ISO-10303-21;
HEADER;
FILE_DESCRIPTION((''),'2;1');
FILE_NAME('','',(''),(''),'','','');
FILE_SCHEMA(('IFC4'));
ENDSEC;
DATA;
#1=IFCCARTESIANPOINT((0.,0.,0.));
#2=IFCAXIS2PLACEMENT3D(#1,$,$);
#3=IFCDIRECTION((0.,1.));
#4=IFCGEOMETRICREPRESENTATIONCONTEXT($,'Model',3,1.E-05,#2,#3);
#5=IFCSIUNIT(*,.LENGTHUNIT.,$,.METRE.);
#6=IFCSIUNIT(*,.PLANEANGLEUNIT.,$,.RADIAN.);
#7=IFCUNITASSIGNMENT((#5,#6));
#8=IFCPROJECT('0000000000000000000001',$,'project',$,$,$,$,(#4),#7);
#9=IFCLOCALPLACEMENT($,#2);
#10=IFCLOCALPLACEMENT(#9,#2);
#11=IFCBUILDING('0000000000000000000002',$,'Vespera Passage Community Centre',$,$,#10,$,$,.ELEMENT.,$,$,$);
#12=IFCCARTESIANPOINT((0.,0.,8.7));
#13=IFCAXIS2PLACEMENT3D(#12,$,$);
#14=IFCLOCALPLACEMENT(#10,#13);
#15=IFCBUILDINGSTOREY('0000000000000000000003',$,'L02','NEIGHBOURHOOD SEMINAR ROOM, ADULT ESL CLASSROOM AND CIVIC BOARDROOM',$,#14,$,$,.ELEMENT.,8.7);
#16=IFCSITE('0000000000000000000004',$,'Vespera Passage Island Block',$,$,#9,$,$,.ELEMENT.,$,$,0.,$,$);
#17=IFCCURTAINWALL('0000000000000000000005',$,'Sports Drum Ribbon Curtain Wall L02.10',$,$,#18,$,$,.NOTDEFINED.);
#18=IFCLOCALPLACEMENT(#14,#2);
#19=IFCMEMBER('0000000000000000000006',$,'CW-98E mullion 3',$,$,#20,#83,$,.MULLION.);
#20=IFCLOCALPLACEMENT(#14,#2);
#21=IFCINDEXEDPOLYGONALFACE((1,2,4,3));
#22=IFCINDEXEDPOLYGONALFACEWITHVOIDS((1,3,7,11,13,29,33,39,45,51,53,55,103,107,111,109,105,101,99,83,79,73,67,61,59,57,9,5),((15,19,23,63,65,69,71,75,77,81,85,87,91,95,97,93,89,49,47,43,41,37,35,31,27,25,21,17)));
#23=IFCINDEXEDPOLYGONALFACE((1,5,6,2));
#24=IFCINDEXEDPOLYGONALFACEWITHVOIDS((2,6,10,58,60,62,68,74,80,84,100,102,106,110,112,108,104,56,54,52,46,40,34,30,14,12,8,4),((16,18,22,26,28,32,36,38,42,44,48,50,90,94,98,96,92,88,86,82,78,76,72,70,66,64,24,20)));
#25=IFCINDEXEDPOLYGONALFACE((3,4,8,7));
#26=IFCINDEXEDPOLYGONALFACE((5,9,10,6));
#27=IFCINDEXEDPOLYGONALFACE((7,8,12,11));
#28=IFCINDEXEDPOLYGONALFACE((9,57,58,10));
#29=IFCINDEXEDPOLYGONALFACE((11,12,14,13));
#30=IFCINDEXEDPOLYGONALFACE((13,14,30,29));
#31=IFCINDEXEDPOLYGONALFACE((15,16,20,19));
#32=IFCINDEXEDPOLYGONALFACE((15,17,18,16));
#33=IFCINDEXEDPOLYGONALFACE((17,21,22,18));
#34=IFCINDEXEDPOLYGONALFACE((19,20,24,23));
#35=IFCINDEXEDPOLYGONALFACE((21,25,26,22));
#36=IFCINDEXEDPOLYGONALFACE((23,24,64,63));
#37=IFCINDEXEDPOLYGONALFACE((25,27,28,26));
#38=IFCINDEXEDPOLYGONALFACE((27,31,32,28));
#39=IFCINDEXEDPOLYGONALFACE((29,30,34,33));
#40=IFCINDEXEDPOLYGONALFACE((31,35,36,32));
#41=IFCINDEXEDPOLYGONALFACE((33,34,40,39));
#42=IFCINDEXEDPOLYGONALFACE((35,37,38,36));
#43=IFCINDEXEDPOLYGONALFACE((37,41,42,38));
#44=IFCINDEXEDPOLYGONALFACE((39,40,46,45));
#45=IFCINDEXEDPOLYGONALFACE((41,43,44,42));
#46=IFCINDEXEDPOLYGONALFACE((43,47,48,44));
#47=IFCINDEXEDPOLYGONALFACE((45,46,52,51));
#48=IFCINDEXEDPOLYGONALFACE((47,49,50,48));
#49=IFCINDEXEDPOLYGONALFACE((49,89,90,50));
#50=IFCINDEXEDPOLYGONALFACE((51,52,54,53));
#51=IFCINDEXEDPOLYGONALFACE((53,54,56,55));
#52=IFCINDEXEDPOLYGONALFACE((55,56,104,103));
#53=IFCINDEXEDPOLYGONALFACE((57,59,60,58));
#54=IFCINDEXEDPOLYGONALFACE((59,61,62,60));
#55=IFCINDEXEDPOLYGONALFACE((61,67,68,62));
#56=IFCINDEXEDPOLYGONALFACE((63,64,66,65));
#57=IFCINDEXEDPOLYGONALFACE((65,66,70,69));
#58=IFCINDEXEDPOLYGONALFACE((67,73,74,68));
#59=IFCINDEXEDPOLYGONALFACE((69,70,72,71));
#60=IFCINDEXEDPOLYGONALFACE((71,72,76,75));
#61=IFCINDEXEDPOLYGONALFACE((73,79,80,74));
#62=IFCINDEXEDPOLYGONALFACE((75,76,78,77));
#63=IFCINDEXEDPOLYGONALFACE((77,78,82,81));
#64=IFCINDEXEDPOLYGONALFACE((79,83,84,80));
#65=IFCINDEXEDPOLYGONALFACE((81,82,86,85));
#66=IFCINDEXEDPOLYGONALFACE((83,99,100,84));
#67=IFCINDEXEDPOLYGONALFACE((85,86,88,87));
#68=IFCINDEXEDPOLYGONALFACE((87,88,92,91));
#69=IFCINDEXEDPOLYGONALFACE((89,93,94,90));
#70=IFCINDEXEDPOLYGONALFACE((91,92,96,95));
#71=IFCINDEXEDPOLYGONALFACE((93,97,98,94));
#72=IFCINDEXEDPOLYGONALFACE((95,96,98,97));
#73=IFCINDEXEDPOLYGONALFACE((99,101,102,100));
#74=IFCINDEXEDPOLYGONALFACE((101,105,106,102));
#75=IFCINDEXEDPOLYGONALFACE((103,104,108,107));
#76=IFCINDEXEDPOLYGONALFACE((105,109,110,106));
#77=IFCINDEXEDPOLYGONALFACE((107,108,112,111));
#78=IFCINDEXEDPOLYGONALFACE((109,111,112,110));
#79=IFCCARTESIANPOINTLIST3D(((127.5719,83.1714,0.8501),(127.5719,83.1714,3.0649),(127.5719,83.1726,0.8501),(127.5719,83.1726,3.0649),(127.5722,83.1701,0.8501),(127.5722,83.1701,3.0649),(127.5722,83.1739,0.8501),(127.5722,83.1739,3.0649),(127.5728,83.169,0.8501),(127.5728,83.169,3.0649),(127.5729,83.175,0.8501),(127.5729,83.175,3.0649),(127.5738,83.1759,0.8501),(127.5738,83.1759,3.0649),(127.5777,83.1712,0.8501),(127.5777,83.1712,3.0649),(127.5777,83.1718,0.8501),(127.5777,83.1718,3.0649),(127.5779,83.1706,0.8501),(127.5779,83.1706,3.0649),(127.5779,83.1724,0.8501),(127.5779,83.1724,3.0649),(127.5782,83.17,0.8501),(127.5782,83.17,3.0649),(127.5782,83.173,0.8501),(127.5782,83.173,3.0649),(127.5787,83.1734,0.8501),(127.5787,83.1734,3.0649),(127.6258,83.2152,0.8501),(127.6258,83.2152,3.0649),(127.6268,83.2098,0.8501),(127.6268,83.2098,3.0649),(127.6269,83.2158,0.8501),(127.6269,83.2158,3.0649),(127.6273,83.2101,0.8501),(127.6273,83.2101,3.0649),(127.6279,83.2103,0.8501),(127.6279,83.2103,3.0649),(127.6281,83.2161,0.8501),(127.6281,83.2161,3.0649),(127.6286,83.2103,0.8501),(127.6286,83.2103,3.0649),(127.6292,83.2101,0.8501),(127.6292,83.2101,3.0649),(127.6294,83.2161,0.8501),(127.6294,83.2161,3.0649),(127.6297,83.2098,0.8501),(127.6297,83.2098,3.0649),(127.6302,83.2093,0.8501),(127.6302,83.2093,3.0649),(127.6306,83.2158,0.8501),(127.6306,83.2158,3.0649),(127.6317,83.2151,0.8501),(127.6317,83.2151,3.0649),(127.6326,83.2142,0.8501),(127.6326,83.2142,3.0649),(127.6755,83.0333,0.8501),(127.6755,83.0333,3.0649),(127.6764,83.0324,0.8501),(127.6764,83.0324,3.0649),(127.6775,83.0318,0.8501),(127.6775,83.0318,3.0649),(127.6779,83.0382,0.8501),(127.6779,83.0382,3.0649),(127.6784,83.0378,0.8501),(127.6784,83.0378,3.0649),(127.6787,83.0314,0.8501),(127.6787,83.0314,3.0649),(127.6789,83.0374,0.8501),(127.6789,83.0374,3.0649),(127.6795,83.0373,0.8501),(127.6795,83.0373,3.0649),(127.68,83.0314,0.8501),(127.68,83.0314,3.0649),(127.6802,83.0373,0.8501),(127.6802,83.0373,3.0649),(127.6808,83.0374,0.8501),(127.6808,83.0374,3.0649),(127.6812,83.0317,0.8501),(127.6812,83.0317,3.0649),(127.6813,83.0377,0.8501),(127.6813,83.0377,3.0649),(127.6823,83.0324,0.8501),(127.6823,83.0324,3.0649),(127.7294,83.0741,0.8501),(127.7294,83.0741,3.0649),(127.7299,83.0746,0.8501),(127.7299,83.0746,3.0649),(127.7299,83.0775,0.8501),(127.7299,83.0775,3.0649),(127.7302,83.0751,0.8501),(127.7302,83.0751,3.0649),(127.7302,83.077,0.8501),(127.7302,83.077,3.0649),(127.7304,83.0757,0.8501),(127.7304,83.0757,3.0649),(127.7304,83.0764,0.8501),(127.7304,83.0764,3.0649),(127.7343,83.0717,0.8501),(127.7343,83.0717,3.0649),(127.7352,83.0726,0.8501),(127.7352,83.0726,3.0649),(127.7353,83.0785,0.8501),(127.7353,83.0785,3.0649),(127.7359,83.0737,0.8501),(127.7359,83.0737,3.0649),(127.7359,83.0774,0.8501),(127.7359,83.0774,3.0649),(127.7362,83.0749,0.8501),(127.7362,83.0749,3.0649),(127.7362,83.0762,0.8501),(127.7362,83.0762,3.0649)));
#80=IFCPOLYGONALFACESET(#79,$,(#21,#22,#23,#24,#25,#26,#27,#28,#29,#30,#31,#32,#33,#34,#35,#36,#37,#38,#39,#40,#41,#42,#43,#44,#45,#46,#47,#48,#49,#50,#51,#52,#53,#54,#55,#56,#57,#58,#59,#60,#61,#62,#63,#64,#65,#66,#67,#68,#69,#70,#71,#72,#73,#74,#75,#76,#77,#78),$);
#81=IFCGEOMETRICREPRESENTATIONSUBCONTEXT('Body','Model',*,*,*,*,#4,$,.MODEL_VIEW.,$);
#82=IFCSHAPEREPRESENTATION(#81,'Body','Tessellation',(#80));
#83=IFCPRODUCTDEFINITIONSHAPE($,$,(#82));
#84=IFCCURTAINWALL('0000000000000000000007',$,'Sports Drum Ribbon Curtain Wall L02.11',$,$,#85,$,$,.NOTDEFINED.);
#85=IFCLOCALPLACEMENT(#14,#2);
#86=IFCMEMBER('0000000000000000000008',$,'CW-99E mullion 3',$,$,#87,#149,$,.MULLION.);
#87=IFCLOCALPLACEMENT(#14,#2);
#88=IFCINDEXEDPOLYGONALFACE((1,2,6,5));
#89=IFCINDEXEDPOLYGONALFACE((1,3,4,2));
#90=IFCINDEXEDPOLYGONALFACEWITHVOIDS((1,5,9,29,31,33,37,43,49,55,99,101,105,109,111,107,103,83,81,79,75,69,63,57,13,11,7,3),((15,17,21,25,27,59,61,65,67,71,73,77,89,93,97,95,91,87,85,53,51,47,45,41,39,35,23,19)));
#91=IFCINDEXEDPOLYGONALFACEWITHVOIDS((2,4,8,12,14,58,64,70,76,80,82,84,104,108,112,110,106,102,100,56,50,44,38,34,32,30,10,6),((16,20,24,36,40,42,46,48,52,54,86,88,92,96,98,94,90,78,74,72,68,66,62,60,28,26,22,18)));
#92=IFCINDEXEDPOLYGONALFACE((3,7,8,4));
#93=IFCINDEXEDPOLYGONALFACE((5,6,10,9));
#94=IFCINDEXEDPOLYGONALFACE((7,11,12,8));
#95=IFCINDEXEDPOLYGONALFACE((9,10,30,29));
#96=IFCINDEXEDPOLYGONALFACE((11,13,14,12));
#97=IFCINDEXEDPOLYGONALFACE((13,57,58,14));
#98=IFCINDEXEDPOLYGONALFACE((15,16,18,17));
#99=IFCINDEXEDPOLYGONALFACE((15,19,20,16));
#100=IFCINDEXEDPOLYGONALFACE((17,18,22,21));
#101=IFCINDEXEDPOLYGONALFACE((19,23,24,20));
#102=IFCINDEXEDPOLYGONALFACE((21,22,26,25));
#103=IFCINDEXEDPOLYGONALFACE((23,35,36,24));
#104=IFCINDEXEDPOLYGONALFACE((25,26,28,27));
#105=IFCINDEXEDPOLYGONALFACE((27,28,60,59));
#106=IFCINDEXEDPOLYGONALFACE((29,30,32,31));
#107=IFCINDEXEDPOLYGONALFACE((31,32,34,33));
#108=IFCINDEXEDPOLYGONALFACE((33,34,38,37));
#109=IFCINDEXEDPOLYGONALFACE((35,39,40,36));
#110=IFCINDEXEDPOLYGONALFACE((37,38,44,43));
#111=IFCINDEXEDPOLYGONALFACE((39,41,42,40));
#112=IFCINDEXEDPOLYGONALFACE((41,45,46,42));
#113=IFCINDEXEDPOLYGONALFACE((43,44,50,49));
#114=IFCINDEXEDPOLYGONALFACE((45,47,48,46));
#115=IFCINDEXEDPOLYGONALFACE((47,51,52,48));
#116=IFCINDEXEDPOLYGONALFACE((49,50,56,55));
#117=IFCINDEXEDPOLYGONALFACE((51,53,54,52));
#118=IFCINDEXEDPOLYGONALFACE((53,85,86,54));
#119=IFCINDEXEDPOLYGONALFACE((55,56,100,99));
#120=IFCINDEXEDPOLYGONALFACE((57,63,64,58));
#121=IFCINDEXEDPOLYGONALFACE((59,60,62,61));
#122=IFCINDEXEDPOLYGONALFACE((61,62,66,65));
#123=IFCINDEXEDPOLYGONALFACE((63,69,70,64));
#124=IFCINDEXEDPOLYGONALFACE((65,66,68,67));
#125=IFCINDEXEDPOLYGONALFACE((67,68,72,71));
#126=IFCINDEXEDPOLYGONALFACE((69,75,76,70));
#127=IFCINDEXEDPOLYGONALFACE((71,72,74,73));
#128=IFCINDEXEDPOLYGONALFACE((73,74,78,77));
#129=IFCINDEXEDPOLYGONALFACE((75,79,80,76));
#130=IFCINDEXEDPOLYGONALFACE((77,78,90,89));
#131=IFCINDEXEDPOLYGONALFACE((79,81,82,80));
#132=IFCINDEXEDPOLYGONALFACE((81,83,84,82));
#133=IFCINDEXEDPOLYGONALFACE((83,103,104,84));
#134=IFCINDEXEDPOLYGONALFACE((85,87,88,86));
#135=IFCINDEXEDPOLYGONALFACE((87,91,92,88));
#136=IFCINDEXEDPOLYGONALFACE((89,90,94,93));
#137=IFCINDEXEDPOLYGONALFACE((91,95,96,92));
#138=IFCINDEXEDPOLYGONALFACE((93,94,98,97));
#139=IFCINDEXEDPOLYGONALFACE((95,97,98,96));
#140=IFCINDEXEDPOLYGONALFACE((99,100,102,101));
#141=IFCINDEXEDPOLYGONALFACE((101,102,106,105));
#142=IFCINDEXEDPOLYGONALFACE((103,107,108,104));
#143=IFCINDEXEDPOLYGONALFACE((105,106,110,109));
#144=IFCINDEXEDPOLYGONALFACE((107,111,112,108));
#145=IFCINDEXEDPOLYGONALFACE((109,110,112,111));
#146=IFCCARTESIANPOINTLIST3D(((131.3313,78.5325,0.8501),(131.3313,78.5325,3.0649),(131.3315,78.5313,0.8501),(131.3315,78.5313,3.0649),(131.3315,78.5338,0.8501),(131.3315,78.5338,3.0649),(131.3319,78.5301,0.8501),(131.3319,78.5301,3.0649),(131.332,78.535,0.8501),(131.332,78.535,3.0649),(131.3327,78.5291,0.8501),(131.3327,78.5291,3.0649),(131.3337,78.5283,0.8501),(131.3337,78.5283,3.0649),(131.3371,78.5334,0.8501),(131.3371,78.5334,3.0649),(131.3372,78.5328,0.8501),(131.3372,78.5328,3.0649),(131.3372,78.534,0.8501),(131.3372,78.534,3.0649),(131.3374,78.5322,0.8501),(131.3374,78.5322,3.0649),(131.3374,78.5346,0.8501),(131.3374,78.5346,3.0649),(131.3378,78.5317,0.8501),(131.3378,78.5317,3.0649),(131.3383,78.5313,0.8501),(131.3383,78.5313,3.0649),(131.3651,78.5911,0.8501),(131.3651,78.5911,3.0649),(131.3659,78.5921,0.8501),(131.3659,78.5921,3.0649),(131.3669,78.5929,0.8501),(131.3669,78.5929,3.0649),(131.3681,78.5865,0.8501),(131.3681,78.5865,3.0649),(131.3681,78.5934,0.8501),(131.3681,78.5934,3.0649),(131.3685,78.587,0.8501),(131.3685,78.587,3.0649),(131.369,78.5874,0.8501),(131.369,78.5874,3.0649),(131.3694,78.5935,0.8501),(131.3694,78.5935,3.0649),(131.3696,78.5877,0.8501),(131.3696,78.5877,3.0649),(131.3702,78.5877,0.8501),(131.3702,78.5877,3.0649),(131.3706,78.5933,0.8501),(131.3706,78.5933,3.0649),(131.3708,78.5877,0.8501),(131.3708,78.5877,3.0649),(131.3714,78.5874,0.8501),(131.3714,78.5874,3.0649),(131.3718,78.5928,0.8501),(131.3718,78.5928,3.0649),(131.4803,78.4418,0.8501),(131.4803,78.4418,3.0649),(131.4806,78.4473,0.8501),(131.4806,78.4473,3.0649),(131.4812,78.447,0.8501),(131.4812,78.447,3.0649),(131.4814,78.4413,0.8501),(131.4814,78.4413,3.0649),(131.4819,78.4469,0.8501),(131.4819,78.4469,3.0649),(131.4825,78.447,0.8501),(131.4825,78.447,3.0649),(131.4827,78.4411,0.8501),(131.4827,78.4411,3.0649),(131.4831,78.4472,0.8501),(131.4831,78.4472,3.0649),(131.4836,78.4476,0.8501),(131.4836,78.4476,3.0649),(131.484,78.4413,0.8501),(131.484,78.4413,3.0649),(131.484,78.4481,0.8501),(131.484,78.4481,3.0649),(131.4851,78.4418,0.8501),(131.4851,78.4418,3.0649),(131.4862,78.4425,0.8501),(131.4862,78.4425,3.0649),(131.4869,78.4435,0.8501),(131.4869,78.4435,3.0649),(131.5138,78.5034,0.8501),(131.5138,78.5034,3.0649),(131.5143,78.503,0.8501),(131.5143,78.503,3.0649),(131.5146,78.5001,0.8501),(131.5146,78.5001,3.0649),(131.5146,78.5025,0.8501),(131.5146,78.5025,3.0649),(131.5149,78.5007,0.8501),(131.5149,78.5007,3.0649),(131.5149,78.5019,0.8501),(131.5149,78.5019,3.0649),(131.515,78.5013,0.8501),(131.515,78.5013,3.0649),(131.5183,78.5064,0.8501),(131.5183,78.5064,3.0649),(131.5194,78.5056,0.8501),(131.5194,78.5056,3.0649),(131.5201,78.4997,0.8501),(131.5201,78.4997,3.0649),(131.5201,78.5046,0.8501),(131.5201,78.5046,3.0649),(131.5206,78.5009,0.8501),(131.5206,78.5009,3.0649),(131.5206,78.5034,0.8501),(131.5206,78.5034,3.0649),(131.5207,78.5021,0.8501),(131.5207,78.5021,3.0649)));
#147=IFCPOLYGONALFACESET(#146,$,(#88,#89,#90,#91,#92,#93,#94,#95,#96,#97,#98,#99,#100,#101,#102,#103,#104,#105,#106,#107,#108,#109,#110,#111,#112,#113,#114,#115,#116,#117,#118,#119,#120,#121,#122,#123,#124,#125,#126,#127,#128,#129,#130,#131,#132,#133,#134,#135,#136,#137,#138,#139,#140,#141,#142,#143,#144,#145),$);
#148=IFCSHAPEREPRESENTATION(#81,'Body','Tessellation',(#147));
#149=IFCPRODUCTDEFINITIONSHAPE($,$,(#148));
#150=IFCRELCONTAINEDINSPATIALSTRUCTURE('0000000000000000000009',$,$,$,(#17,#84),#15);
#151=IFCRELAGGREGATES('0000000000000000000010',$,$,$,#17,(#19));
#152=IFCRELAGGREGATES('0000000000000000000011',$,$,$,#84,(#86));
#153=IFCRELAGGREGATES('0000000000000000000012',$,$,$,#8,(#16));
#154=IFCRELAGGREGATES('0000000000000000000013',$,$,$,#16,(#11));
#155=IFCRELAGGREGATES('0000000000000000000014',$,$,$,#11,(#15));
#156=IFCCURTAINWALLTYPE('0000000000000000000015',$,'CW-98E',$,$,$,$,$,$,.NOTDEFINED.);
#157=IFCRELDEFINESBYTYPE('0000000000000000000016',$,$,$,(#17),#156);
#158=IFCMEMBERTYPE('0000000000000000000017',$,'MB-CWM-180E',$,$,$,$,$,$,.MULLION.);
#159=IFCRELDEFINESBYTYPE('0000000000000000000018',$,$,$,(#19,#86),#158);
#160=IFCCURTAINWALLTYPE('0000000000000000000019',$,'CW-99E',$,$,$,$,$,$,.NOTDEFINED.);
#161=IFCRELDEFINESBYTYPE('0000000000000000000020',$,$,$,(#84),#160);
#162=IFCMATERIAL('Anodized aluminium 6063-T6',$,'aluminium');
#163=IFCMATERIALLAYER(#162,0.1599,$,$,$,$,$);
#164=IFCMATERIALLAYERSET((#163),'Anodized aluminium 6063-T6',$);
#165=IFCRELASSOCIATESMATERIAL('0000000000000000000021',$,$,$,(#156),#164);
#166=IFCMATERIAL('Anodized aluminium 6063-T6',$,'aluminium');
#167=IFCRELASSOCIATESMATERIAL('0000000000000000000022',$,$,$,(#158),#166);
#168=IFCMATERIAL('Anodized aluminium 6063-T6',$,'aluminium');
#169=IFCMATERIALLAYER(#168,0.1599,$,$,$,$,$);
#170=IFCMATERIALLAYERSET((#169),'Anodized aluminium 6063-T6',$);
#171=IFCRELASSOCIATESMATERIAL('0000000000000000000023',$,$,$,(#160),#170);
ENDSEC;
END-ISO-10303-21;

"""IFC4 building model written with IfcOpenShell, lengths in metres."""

from ifc_helpers import new_model, si_unit, direction, frame, origin, origin_2d, place, context, subcontext, project, spatial, hollow_rectangle, extrude, material, layer, layer_set, material_profile, profile_set, type_object, element, aggregate, save


model = new_model("IFC4")

# Units and contexts
model_context = context("Model", 3, precision=1e-05, world=origin(), true_north=direction((0.0, 1.0)))
body_context = subcontext(model_context, "Body", "Model", "MODEL_VIEW")
ifc_project = project(units=[si_unit("LENGTHUNIT", "METRE"), si_unit("PLANEANGLEUNIT", "RADIAN")], contexts=[model_context])

# Site, building, storey
site_placement = place(None, origin())
site = spatial("IfcSite", under=ifc_project, at=site_placement, Name="Vespera Passage Island Block", CompositionType="ELEMENT", RefElevation=0.0)
building_placement = place(site_placement, origin())
building = spatial("IfcBuilding", under=site, at=building_placement, Name="Vespera Passage Community Centre", CompositionType="ELEMENT")
storey_placement = place(building_placement, frame((0.0, 0.0, 8.7)))
storey = spatial("IfcBuildingStorey", under=building, at=storey_placement, Name="L02", Description="NEIGHBOURHOOD SEMINAR ROOM, ADULT ESL CLASSROOM AND CIVIC BOARDROOM", CompositionType="ELEMENT", Elevation=8.7)

# Curtain wall, member
ifc_material_1 = material(Name="Anodized aluminium 6063-T6", Category="aluminium")
ifc_layer_1 = layer(ifc_material_1, 0.1599)
ifc_layer_set_1 = layer_set([ifc_layer_1], Name="Anodized aluminium 6063-T6")
curtain_wall_type_1 = type_object("IfcCurtainWallType", Name="CW-98E", PredefinedType="NOTDEFINED", material=ifc_layer_set_1)
curtain_wall_1_placement = place(storey_placement, origin())
curtain_wall_1 = element("IfcCurtainWall", 1, at=curtain_wall_1_placement, inside=storey, type_object=curtain_wall_type_1, Name="Sports Drum Ribbon Curtain Wall L02.10", PredefinedType="NOTDEFINED")
ifc_material_2 = material(Name="Anodized aluminium 6063-T6", Category="aluminium")
ifc_material_profile_1 = material_profile(ifc_material_2, hollow_rectangle(XDim=0.075, YDim=0.1799, WallThickness=0.0049, InnerFilletRadius=0.0024, OuterFilletRadius=0.0049, at=origin_2d()), Name="ALU180X75X5")
ifc_profile_set_1 = profile_set([ifc_material_profile_1], Name="Anodized aluminium 6063-T6")
member_type_1 = type_object("IfcMemberType", Name="MB-CWM-180E", PredefinedType="MULLION", material=ifc_profile_set_1)
member_1_placement = place(storey_placement, frame((127.6541, 83.1238, 0.8501), z_axis=(0.0, 0.0, 1.0), x_axis=(-0.797434, -0.603406, 0.0)))
member_1 = element("IfcMember", 2, at=member_1_placement, type_object=member_type_1, Name="CW-98E mullion 3", PredefinedType="MULLION", context=body_context, shape_type="SweptSolid", body=[
    extrude(hollow_rectangle(XDim=0.075, YDim=0.1799, WallThickness=0.0049, InnerFilletRadius=0.0024, OuterFilletRadius=0.0049, at=origin_2d()), origin(), (0.0, 0.0, 1.0), 2.2148),
])

# Curtain wall, member
ifc_material_3 = material(Name="Anodized aluminium 6063-T6", Category="aluminium")
ifc_layer_2 = layer(ifc_material_3, 0.1599)
ifc_layer_set_2 = layer_set([ifc_layer_2], Name="Anodized aluminium 6063-T6")
curtain_wall_type_2 = type_object("IfcCurtainWallType", Name="CW-99E", PredefinedType="NOTDEFINED", material=ifc_layer_set_2)
curtain_wall_2_placement = place(storey_placement, origin())
curtain_wall_2 = element("IfcCurtainWall", 3, at=curtain_wall_2_placement, inside=storey, type_object=curtain_wall_type_2, Name="Sports Drum Ribbon Curtain Wall L02.11", PredefinedType="NOTDEFINED")
member_2_placement = place(storey_placement, frame((131.426, 78.5173, 0.8501), z_axis=(0.0, 0.0, 1.0), x_axis=(-0.50817, -0.861257, 0.0)))
member_2 = element("IfcMember", 4, at=member_2_placement, type_object=member_type_1, Name="CW-99E mullion 3", PredefinedType="MULLION", context=body_context, shape_type="SweptSolid", body=[
    extrude(hollow_rectangle(XDim=0.075, YDim=0.1799, WallThickness=0.0049, InnerFilletRadius=0.0024, OuterFilletRadius=0.0049, at=origin_2d()), origin(), (0.0, 0.0, 1.0), 2.2148),
])

aggregate(curtain_wall_1, [member_1])
aggregate(curtain_wall_2, [member_2])

save(model, "model.ifc")
